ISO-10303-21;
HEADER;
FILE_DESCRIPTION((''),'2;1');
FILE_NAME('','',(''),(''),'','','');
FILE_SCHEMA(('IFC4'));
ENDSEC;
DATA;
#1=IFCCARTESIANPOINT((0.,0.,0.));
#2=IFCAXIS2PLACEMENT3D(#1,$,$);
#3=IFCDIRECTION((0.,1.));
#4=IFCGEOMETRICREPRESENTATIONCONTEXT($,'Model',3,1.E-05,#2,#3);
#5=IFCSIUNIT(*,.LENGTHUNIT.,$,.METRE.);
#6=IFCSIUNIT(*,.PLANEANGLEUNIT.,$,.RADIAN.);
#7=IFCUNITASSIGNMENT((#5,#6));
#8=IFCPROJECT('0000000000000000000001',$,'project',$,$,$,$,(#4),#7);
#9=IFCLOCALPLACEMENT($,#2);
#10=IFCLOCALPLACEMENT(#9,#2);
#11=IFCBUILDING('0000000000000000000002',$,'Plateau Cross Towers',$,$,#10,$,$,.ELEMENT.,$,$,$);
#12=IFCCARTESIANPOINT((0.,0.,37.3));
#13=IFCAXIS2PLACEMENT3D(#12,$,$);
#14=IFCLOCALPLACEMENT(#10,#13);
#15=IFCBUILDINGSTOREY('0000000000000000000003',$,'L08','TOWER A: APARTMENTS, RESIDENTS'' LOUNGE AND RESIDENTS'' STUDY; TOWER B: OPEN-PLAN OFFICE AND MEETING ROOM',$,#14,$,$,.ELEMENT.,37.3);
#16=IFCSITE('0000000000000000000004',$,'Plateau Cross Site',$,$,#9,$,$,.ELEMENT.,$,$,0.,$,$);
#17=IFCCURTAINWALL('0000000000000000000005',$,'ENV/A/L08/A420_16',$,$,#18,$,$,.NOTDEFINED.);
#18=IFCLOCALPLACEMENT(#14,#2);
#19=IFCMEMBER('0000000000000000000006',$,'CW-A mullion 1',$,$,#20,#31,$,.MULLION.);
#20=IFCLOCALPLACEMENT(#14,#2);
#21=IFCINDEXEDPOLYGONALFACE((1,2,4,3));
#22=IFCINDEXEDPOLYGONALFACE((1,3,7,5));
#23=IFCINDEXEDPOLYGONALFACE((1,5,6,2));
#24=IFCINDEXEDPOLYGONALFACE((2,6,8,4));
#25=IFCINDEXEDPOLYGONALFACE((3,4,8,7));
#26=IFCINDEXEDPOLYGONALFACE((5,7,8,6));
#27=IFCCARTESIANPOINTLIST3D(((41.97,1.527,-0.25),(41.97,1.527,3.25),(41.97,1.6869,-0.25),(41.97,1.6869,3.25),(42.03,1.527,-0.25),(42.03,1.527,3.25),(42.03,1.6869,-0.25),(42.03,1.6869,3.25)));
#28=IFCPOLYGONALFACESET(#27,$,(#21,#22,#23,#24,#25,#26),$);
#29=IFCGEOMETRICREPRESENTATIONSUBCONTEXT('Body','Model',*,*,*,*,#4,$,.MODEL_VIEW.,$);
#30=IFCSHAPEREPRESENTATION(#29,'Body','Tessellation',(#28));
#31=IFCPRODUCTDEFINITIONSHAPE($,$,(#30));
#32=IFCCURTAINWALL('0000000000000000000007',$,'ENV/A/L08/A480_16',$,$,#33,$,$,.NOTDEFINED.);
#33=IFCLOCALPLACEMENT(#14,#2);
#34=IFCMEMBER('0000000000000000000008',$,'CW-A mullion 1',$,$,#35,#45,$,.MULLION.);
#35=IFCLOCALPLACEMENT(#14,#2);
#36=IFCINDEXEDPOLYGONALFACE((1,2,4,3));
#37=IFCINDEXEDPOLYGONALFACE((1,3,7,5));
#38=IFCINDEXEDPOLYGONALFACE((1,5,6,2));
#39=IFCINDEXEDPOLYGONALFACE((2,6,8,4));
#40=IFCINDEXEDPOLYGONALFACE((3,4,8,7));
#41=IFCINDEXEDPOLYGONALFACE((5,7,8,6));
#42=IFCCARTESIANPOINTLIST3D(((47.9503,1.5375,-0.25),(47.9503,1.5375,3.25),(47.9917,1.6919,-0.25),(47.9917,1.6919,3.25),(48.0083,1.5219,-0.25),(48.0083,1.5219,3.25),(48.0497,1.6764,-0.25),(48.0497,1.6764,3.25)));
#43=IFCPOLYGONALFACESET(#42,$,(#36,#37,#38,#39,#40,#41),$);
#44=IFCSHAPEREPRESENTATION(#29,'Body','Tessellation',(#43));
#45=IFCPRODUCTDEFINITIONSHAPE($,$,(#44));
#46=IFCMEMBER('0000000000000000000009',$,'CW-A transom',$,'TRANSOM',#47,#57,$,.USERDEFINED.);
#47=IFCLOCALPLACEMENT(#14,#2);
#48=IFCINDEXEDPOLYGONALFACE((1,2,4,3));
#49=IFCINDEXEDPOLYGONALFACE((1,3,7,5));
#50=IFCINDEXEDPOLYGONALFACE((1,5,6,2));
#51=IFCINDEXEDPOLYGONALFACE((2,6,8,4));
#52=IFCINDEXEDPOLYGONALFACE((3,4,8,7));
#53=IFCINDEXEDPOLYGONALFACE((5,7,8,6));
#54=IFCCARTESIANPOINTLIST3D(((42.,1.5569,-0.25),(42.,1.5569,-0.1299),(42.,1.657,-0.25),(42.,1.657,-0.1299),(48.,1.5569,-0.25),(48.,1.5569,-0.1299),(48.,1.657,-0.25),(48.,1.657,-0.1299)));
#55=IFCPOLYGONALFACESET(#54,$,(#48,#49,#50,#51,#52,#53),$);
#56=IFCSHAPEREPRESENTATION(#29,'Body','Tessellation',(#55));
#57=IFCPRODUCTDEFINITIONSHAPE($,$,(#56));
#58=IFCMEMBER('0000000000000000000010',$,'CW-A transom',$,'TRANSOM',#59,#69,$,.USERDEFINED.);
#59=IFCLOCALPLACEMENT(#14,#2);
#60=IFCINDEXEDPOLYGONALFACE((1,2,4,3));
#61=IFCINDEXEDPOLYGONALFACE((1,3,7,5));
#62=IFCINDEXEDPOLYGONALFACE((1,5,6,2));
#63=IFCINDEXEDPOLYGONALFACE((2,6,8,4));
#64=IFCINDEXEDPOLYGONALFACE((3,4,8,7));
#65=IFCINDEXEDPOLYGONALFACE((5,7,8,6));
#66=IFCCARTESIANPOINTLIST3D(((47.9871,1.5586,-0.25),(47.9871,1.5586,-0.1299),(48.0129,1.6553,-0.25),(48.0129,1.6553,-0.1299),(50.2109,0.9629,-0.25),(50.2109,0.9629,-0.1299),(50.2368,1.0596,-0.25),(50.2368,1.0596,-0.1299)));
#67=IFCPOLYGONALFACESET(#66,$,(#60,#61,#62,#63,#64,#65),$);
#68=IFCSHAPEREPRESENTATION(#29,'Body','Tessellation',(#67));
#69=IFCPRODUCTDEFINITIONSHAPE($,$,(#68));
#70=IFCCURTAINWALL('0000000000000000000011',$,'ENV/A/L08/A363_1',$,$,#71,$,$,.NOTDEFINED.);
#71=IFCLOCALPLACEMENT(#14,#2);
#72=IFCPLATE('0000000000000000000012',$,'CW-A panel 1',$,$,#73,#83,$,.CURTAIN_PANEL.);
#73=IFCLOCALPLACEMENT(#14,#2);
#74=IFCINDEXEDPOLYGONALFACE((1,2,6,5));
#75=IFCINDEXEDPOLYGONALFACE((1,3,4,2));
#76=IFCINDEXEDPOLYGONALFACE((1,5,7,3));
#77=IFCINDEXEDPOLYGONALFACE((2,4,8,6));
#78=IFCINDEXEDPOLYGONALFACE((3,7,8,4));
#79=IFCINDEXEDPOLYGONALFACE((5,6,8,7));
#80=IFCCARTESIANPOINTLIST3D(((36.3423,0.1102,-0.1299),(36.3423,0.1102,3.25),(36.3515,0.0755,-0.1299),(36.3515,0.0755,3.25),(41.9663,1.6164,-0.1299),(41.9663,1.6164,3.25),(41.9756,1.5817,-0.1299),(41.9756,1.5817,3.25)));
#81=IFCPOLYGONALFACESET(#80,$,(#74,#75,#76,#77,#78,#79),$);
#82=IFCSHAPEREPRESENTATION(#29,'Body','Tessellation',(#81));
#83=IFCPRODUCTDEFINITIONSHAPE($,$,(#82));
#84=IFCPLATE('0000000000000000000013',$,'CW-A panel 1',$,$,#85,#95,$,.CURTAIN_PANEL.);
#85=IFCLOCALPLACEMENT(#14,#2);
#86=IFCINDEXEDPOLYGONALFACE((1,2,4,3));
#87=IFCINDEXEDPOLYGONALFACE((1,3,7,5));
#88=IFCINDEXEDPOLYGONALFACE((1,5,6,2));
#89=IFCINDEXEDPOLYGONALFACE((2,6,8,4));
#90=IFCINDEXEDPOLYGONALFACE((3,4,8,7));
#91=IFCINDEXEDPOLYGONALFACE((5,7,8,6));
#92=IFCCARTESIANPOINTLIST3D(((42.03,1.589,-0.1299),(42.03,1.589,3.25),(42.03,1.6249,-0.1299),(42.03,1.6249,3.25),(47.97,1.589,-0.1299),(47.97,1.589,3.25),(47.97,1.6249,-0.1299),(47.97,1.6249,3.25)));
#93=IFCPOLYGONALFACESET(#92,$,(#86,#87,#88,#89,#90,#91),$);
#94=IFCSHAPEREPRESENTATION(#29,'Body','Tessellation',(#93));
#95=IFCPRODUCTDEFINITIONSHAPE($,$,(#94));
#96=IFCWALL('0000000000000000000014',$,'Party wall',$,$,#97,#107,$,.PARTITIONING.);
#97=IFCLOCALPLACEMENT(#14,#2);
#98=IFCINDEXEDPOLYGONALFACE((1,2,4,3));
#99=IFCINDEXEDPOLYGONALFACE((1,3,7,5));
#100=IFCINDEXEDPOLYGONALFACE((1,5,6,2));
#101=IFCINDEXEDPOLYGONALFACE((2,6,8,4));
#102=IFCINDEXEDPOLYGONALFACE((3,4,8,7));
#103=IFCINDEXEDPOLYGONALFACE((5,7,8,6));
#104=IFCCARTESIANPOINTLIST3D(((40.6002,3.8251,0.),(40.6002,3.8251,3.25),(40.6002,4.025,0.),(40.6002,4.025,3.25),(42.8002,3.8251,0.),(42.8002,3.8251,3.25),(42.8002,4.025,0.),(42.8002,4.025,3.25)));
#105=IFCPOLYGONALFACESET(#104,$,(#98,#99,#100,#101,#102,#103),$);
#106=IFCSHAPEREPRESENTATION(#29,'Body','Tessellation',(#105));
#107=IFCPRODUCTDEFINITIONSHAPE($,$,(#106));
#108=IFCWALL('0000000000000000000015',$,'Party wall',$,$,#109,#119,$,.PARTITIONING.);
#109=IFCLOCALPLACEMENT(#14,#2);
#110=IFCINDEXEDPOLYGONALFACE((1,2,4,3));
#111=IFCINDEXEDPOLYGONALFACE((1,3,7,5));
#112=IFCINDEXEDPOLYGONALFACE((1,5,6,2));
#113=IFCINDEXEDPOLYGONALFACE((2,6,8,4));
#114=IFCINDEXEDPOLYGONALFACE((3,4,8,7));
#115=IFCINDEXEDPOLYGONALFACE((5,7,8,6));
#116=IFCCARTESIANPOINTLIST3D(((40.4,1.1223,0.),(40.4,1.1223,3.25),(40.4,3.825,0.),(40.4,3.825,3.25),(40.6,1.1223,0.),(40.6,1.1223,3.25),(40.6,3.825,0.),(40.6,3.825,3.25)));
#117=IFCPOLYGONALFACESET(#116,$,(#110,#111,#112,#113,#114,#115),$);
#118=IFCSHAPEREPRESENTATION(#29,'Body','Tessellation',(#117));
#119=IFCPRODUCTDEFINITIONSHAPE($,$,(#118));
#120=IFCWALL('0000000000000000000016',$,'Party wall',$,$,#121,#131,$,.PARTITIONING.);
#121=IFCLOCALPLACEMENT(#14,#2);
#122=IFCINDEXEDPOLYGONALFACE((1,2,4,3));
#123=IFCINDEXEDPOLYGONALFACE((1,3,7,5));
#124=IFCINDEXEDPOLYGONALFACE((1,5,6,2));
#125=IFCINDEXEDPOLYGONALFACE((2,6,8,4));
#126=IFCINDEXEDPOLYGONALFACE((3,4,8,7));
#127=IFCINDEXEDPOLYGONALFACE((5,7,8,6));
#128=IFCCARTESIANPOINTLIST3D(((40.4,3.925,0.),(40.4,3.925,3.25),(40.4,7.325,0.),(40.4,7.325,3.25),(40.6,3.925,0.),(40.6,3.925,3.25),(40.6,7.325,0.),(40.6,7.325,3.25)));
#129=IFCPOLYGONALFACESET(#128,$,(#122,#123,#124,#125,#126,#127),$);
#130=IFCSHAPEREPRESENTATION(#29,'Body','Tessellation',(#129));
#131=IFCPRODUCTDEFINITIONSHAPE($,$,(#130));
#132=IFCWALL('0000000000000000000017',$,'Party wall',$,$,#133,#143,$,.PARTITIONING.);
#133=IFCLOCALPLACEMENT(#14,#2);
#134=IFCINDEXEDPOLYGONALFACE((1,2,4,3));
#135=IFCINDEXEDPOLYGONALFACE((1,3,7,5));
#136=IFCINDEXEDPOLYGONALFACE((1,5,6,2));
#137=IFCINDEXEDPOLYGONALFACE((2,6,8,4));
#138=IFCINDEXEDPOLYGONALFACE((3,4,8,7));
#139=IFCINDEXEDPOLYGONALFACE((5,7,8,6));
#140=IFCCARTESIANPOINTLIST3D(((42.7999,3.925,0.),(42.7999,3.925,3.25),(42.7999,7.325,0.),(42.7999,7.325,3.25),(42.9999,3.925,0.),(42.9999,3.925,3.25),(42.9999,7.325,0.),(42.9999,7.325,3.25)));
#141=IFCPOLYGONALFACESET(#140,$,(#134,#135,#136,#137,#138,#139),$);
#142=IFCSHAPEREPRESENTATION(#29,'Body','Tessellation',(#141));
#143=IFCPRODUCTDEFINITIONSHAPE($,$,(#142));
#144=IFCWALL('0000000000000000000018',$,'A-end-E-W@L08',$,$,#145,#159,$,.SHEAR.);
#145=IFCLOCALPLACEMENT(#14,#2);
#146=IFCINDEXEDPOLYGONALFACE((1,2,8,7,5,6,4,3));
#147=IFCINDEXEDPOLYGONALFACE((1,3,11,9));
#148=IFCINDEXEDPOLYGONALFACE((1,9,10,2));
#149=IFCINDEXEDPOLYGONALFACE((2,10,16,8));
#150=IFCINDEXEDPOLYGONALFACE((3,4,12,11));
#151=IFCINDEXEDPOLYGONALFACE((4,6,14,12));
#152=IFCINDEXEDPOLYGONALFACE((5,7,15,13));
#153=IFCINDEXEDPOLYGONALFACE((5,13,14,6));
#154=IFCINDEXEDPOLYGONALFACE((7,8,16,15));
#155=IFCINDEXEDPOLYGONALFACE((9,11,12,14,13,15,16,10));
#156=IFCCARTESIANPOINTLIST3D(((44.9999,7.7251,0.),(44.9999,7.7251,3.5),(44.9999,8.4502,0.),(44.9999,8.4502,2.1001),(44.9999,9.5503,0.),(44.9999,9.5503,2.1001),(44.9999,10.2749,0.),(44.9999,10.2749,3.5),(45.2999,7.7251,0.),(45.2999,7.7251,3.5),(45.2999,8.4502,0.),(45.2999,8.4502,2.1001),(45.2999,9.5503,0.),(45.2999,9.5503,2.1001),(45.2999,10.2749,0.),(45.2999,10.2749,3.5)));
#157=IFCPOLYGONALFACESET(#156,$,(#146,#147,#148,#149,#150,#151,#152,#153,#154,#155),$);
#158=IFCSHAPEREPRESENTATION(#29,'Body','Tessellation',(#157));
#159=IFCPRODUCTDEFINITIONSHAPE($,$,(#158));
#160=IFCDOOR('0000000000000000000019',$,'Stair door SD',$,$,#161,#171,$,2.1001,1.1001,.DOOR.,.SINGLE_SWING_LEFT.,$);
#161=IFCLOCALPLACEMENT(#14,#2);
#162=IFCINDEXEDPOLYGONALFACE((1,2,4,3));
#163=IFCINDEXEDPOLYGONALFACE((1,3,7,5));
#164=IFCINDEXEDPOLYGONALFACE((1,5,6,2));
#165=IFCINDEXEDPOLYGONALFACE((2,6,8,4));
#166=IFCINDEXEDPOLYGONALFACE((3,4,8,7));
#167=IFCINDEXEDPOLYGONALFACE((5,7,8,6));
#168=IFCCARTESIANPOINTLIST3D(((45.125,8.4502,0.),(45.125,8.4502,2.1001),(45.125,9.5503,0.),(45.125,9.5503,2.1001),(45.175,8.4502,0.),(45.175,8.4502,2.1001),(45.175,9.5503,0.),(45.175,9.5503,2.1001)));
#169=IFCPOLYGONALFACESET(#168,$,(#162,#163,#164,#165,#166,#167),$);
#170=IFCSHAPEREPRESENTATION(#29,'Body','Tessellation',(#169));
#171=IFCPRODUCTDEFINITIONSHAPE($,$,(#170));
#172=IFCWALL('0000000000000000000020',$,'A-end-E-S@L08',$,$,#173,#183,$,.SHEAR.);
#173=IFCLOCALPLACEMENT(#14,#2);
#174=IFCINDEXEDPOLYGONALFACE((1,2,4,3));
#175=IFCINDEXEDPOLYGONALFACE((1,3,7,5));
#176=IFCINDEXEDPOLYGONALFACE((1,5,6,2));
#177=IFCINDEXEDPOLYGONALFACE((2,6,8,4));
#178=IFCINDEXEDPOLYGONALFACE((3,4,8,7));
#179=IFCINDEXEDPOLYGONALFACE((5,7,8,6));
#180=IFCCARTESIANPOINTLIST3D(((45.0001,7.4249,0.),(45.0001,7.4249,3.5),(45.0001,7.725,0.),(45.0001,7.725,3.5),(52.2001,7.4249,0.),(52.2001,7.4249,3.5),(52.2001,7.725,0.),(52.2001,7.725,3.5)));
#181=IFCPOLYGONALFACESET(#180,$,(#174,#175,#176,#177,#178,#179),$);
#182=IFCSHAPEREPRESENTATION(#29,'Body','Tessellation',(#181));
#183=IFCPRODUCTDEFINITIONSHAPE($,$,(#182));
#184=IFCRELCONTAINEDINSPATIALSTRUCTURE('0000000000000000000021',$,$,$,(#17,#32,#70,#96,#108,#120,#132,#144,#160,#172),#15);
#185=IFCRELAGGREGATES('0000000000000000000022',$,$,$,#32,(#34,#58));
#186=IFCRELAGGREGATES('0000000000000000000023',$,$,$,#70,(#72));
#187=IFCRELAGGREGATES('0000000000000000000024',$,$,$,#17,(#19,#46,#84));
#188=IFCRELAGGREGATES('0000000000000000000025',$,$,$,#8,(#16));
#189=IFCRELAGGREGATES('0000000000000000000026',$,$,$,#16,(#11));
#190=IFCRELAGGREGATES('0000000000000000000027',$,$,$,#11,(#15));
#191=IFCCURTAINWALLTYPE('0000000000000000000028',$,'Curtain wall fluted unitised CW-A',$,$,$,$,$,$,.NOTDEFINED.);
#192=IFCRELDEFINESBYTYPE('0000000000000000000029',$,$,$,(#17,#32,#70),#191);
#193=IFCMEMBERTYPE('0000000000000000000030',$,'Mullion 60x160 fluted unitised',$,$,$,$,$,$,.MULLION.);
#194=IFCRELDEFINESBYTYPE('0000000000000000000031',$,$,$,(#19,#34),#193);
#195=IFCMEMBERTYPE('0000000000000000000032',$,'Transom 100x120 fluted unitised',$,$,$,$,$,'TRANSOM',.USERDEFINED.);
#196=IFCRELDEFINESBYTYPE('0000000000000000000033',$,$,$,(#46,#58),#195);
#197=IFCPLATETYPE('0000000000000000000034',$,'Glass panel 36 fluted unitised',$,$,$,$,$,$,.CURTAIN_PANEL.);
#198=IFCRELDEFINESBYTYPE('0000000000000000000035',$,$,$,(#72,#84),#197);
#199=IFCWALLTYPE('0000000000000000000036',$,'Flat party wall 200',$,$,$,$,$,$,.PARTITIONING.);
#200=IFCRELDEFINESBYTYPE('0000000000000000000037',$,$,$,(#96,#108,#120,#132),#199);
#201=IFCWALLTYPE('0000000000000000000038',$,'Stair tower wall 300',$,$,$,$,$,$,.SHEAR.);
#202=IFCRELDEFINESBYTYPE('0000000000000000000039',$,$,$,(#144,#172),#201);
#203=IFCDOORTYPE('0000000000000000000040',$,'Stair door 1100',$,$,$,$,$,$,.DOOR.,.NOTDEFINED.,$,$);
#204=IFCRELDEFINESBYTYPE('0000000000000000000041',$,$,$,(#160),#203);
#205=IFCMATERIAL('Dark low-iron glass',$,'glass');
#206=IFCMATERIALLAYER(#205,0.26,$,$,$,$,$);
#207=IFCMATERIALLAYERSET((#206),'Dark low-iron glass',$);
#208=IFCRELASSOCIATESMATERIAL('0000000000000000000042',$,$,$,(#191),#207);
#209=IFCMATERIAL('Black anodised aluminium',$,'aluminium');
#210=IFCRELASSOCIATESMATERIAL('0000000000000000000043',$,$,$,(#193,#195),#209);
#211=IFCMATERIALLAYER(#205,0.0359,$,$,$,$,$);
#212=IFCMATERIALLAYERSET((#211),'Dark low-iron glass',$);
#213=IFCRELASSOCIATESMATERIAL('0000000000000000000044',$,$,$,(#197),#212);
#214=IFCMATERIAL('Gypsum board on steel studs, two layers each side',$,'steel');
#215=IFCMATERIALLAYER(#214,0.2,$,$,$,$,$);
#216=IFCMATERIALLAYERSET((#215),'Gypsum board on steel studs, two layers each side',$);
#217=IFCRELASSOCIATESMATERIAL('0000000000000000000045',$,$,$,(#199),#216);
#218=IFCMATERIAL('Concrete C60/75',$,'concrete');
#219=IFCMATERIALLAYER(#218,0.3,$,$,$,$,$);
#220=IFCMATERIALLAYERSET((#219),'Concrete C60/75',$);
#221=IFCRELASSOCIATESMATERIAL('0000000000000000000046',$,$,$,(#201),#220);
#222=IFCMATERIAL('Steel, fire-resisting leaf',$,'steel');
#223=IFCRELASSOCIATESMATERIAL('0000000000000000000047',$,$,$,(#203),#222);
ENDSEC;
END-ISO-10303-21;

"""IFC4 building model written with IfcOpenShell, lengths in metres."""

from ifc_helpers import new_model, si_unit, direction, frame, frame_2d, origin, origin_2d, place, context, subcontext, project, spatial, rectangle, extrude, material, layer, layer_set, material_profile, profile_set, type_object, element, fill, aggregate, save


model = new_model("IFC4")

# Units and contexts
model_context = context("Model", 3, precision=1e-05, world=origin(), true_north=direction((0.0, 1.0)))
body_context = subcontext(model_context, "Body", "Model", "MODEL_VIEW")
ifc_project = project(units=[si_unit("LENGTHUNIT", "METRE"), si_unit("PLANEANGLEUNIT", "RADIAN")], contexts=[model_context])

# Site, building, storey
site_placement = place(None, origin())
site = spatial("IfcSite", under=ifc_project, at=site_placement, Name="Plateau Cross Site", CompositionType="ELEMENT", RefElevation=0.0)
building_placement = place(site_placement, origin())
building = spatial("IfcBuilding", under=site, at=building_placement, Name="Plateau Cross Towers", CompositionType="ELEMENT")
storey_placement = place(building_placement, frame((0.0, 0.0, 37.3)))
storey = spatial("IfcBuildingStorey", under=building, at=storey_placement, Name="L08", Description="TOWER A: APARTMENTS, RESIDENTS' LOUNGE AND RESIDENTS' STUDY; TOWER B: OPEN-PLAN OFFICE AND MEETING ROOM", CompositionType="ELEMENT", Elevation=37.3)

# Curtain walls, members
ifc_material_1 = material(Name="Dark low-iron glass", Category="glass")
ifc_layer_1 = layer(ifc_material_1, 0.26)
ifc_layer_set_1 = layer_set([ifc_layer_1], Name="Dark low-iron glass")
curtain_wall_type = type_object("IfcCurtainWallType", Name="Curtain wall fluted unitised CW-A", PredefinedType="NOTDEFINED", material=ifc_layer_set_1)
curtain_wall_1_placement = place(storey_placement, origin())
curtain_wall_1 = element("IfcCurtainWall", 1, at=curtain_wall_1_placement, inside=storey, type_object=curtain_wall_type, Name="ENV/A/L08/A420_16", PredefinedType="NOTDEFINED")
ifc_material_2 = material(Name="Black anodised aluminium", Category="aluminium")
ifc_material_profile_1 = material_profile(ifc_material_2, rectangle(XDim=0.0601, YDim=0.1599, at=origin_2d()), Name="MULLION 60x160")
ifc_profile_set_1 = profile_set([ifc_material_profile_1], Name="Black anodised aluminium")
member_type_1 = type_object("IfcMemberType", Name="Mullion 60x160 fluted unitised", PredefinedType="MULLION", material=ifc_profile_set_1)
member_1_placement = place(storey_placement, frame((42.0, 1.6069, -0.25), z_axis=(0.0, 0.0, 1.0), x_axis=(1.0, 0.0, 0.0)))
member_1 = element("IfcMember", 2, at=member_1_placement, type_object=member_type_1, Name="CW-A mullion 1", PredefinedType="MULLION", context=body_context, shape_type="SweptSolid", body=[
    extrude(rectangle(XDim=0.0601, YDim=0.1599, at=origin_2d()), origin(), (0.0, 0.0, 1.0), 3.5),
])
curtain_wall_2_placement = place(storey_placement, origin())
curtain_wall_2 = element("IfcCurtainWall", 3, at=curtain_wall_2_placement, inside=storey, type_object=curtain_wall_type, Name="ENV/A/L08/A480_16", PredefinedType="NOTDEFINED")
member_2_placement = place(storey_placement, frame((48.0, 1.6069, -0.25), z_axis=(0.0, 0.0, 1.0), x_axis=(0.965958, -0.258699, 0.0)))
member_2 = element("IfcMember", 4, at=member_2_placement, type_object=member_type_1, Name="CW-A mullion 1", PredefinedType="MULLION", context=body_context, shape_type="SweptSolid", body=[
    extrude(rectangle(XDim=0.0601, YDim=0.1599, at=origin_2d()), origin(), (0.0, 0.0, 1.0), 3.5),
])

# Members
ifc_material_profile_2 = material_profile(ifc_material_2, rectangle(XDim=0.1001, YDim=0.1201, at=origin_2d()), Name="TRANSOM 100x120")
ifc_profile_set_2 = profile_set([ifc_material_profile_2], Name="Black anodised aluminium")
member_type_2 = type_object("IfcMemberType", Name="Transom 100x120 fluted unitised", ElementType="TRANSOM", PredefinedType="USERDEFINED", material=ifc_profile_set_2)
member_3_placement = place(storey_placement, frame((42.0, 1.6069, -0.1899), z_axis=(1.0, 0.0, 0.0), x_axis=(0.0, 1.0, 0.0)))
member_3 = element("IfcMember", 5, at=member_3_placement, type_object=member_type_2, Name="CW-A transom", ObjectType="TRANSOM", PredefinedType="USERDEFINED", context=body_context, shape_type="SweptSolid", body=[
    extrude(rectangle(XDim=0.1001, YDim=0.1201, at=origin_2d()), origin(), (0.0, 0.0, 1.0), 6.0),
])
member_4_placement = place(storey_placement, frame((48.0, 1.6069, -0.1899), z_axis=(0.965946, -0.258745, 0.0), x_axis=(0.258745, 0.965946, 0.0)))
member_4 = element("IfcMember", 6, at=member_4_placement, type_object=member_type_2, Name="CW-A transom", ObjectType="TRANSOM", PredefinedType="USERDEFINED", context=body_context, shape_type="SweptSolid", body=[
    extrude(rectangle(XDim=0.1001, YDim=0.1201, at=origin_2d()), origin(), (0.0, 0.0, 1.0), 2.3022),
])
aggregate(curtain_wall_2, [member_2, member_4])

# Curtain wall, plate
curtain_wall_3_placement = place(storey_placement, origin())
curtain_wall_3 = element("IfcCurtainWall", 7, at=curtain_wall_3_placement, inside=storey, type_object=curtain_wall_type, Name="ENV/A/L08/A363_1", PredefinedType="NOTDEFINED")
ifc_layer_2 = layer(ifc_material_1, 0.0359)
ifc_layer_set_2 = layer_set([ifc_layer_2], Name="Dark low-iron glass")
plate_type = type_object("IfcPlateType", Name="Glass panel 36 fluted unitised", PredefinedType="CURTAIN_PANEL", material=ifc_layer_set_2)
plate_1_placement = place(storey_placement, frame((39.1589, 0.8459, -0.1299), z_axis=(0.0, 0.0, 1.0), x_axis=(0.965958, 0.258699, 0.0)))
plate_1 = element("IfcPlate", 8, at=plate_1_placement, type_object=plate_type, Name="CW-A panel 1", PredefinedType="CURTAIN_PANEL", context=body_context, shape_type="SweptSolid", body=[
    extrude(rectangle(XDim=5.8223, YDim=0.0359, at=origin_2d()), origin(), (0.0, 0.0, 1.0), 3.3799),
])
aggregate(curtain_wall_3, [plate_1])

# Plate
plate_2_placement = place(storey_placement, frame((45.0, 1.6069, -0.1299), z_axis=(0.0, 0.0, 1.0), x_axis=(1.0, 0.0, 0.0)))
plate_2 = element("IfcPlate", 9, at=plate_2_placement, type_object=plate_type, Name="CW-A panel 1", PredefinedType="CURTAIN_PANEL", context=body_context, shape_type="SweptSolid", body=[
    extrude(rectangle(XDim=5.9399, YDim=0.0359, at=origin_2d()), origin(), (0.0, 0.0, 1.0), 3.3799),
])
aggregate(curtain_wall_1, [member_1, member_3, plate_2])

# Walls
ifc_material_3 = material(Name="Gypsum board on steel studs, two layers each side", Category="steel")
ifc_layer_3 = layer(ifc_material_3, 0.2)
ifc_layer_set_3 = layer_set([ifc_layer_3], Name="Gypsum board on steel studs, two layers each side")
wall_type_1 = type_object("IfcWallType", Name="Flat party wall 200", PredefinedType="PARTITIONING", material=ifc_layer_set_3)
wall_1_placement = place(storey_placement, frame((40.6001, 3.925, 0.0), z_axis=(0.0, 0.0, 1.0), x_axis=(1.0, 0.0, 0.0)))
element("IfcWall", 10, at=wall_1_placement, inside=storey, type_object=wall_type_1, Name="Party wall", PredefinedType="PARTITIONING", context=body_context, shape_type="SweptSolid", body=[
    extrude(rectangle(XDim=2.2, YDim=0.2, at=frame_2d((1.1001, 0.0))), origin(), (0.0, 0.0, 1.0), 3.25),
])
wall_2_placement = place(storey_placement, frame((40.5, 3.825, 0.0), z_axis=(0.0, 0.0, 1.0), x_axis=(0.0, -1.0, 0.0)))
element("IfcWall", 11, at=wall_2_placement, inside=storey, type_object=wall_type_1, Name="Party wall", PredefinedType="PARTITIONING", context=body_context, shape_type="SweptSolid", body=[
    extrude(rectangle(XDim=2.7026, YDim=0.2, at=frame_2d((1.3513, 0.0))), origin(), (0.0, 0.0, 1.0), 3.25),
])
for number, where, z_axis, x_axis, name in (
    (12, (40.5, 3.925, 0.0), (0.0, 0.0, 1.0), (0.0, 1.0, 0.0), "Party wall"),
    (13, (42.8999, 3.925, 0.0), (0.0, 0.0, 1.0), (0.0, 1.0, 0.0), "Party wall"),
):
    element("IfcWall", number, at=place(storey_placement, frame(where, z_axis=z_axis, x_axis=x_axis)), inside=storey, type_object=wall_type_1, Name=name, PredefinedType="PARTITIONING", context=body_context, shape_type="SweptSolid", body=[
        extrude(rectangle(XDim=3.3999, YDim=0.2, at=frame_2d((1.7, 0.0))), origin(), (0.0, 0.0, 1.0), 3.25),
    ])

# Wall, opening, door
ifc_material_4 = material(Name="Concrete C60/75", Category="concrete")
ifc_layer_4 = layer(ifc_material_4, 0.3)
ifc_layer_set_4 = layer_set([ifc_layer_4], Name="Concrete C60/75")
wall_type_2 = type_object("IfcWallType", Name="Stair tower wall 300", PredefinedType="SHEAR", material=ifc_layer_set_4)
wall_3_placement = place(storey_placement, frame((45.1499, 7.7251, 0.0), z_axis=(0.0, 0.0, 1.0), x_axis=(0.0, 1.0, 0.0)))
wall_3 = element("IfcWall", 14, at=wall_3_placement, inside=storey, type_object=wall_type_2, Name="A-end-E-W@L08", PredefinedType="SHEAR", context=body_context, shape_type="SweptSolid", body=[
    extrude(rectangle(XDim=2.5498, YDim=0.3, at=frame_2d((1.2749, 0.0))), origin(), (0.0, 0.0, 1.0), 3.5),
])
opening_placement = place(wall_3_placement, frame((0.7251, 0.0, 0.0)))
opening = element("IfcOpeningElement", 15, at=opening_placement, cuts=wall_3, PredefinedType="OPENING", context=body_context, shape_type="SweptSolid", body=[
    extrude(rectangle(XDim=1.1001, YDim=2.1001, at=frame_2d((0.55, 1.05))), frame((0.0, 0.1599, 0.0), z_axis=(0.0, -1.0, 0.0), x_axis=(1.0, 0.0, 0.0)), (0.0, 0.0, 1.0), 0.3201),
])
ifc_material_5 = material(Name="Steel, fire-resisting leaf", Category="steel")
door_type = type_object("IfcDoorType", Name="Stair door 1100", OperationType="NOTDEFINED", PredefinedType="DOOR", material=ifc_material_5)
door_placement = place(opening_placement, origin())
door = element("IfcDoor", 16, at=door_placement, inside=storey, type_object=door_type, Name="Stair door SD", OperationType="SINGLE_SWING_LEFT", OverallHeight=2.1001, OverallWidth=1.1001, PredefinedType="DOOR", context=body_context, shape_type="SweptSolid", body=[
    extrude(rectangle(XDim=1.1001, YDim=2.1001, at=frame_2d((0.55, 1.05))), frame((0.0, 0.0249, 0.0), z_axis=(0.0, -1.0, 0.0), x_axis=(1.0, 0.0, 0.0)), (0.0, 0.0, 1.0), 0.05),
])
fill(opening, door)

# Wall
wall_4_placement = place(storey_placement, frame((45.0, 7.575, 0.0), z_axis=(0.0, 0.0, 1.0), x_axis=(1.0, 0.0, 0.0)))
element("IfcWall", 17, at=wall_4_placement, inside=storey, type_object=wall_type_2, Name="A-end-E-S@L08", PredefinedType="SHEAR", context=body_context, shape_type="SweptSolid", body=[
    extrude(rectangle(XDim=7.2, YDim=0.3, at=frame_2d((3.6001, 0.0))), origin(), (0.0, 0.0, 1.0), 3.5),
])

save(model, "model.ifc")
